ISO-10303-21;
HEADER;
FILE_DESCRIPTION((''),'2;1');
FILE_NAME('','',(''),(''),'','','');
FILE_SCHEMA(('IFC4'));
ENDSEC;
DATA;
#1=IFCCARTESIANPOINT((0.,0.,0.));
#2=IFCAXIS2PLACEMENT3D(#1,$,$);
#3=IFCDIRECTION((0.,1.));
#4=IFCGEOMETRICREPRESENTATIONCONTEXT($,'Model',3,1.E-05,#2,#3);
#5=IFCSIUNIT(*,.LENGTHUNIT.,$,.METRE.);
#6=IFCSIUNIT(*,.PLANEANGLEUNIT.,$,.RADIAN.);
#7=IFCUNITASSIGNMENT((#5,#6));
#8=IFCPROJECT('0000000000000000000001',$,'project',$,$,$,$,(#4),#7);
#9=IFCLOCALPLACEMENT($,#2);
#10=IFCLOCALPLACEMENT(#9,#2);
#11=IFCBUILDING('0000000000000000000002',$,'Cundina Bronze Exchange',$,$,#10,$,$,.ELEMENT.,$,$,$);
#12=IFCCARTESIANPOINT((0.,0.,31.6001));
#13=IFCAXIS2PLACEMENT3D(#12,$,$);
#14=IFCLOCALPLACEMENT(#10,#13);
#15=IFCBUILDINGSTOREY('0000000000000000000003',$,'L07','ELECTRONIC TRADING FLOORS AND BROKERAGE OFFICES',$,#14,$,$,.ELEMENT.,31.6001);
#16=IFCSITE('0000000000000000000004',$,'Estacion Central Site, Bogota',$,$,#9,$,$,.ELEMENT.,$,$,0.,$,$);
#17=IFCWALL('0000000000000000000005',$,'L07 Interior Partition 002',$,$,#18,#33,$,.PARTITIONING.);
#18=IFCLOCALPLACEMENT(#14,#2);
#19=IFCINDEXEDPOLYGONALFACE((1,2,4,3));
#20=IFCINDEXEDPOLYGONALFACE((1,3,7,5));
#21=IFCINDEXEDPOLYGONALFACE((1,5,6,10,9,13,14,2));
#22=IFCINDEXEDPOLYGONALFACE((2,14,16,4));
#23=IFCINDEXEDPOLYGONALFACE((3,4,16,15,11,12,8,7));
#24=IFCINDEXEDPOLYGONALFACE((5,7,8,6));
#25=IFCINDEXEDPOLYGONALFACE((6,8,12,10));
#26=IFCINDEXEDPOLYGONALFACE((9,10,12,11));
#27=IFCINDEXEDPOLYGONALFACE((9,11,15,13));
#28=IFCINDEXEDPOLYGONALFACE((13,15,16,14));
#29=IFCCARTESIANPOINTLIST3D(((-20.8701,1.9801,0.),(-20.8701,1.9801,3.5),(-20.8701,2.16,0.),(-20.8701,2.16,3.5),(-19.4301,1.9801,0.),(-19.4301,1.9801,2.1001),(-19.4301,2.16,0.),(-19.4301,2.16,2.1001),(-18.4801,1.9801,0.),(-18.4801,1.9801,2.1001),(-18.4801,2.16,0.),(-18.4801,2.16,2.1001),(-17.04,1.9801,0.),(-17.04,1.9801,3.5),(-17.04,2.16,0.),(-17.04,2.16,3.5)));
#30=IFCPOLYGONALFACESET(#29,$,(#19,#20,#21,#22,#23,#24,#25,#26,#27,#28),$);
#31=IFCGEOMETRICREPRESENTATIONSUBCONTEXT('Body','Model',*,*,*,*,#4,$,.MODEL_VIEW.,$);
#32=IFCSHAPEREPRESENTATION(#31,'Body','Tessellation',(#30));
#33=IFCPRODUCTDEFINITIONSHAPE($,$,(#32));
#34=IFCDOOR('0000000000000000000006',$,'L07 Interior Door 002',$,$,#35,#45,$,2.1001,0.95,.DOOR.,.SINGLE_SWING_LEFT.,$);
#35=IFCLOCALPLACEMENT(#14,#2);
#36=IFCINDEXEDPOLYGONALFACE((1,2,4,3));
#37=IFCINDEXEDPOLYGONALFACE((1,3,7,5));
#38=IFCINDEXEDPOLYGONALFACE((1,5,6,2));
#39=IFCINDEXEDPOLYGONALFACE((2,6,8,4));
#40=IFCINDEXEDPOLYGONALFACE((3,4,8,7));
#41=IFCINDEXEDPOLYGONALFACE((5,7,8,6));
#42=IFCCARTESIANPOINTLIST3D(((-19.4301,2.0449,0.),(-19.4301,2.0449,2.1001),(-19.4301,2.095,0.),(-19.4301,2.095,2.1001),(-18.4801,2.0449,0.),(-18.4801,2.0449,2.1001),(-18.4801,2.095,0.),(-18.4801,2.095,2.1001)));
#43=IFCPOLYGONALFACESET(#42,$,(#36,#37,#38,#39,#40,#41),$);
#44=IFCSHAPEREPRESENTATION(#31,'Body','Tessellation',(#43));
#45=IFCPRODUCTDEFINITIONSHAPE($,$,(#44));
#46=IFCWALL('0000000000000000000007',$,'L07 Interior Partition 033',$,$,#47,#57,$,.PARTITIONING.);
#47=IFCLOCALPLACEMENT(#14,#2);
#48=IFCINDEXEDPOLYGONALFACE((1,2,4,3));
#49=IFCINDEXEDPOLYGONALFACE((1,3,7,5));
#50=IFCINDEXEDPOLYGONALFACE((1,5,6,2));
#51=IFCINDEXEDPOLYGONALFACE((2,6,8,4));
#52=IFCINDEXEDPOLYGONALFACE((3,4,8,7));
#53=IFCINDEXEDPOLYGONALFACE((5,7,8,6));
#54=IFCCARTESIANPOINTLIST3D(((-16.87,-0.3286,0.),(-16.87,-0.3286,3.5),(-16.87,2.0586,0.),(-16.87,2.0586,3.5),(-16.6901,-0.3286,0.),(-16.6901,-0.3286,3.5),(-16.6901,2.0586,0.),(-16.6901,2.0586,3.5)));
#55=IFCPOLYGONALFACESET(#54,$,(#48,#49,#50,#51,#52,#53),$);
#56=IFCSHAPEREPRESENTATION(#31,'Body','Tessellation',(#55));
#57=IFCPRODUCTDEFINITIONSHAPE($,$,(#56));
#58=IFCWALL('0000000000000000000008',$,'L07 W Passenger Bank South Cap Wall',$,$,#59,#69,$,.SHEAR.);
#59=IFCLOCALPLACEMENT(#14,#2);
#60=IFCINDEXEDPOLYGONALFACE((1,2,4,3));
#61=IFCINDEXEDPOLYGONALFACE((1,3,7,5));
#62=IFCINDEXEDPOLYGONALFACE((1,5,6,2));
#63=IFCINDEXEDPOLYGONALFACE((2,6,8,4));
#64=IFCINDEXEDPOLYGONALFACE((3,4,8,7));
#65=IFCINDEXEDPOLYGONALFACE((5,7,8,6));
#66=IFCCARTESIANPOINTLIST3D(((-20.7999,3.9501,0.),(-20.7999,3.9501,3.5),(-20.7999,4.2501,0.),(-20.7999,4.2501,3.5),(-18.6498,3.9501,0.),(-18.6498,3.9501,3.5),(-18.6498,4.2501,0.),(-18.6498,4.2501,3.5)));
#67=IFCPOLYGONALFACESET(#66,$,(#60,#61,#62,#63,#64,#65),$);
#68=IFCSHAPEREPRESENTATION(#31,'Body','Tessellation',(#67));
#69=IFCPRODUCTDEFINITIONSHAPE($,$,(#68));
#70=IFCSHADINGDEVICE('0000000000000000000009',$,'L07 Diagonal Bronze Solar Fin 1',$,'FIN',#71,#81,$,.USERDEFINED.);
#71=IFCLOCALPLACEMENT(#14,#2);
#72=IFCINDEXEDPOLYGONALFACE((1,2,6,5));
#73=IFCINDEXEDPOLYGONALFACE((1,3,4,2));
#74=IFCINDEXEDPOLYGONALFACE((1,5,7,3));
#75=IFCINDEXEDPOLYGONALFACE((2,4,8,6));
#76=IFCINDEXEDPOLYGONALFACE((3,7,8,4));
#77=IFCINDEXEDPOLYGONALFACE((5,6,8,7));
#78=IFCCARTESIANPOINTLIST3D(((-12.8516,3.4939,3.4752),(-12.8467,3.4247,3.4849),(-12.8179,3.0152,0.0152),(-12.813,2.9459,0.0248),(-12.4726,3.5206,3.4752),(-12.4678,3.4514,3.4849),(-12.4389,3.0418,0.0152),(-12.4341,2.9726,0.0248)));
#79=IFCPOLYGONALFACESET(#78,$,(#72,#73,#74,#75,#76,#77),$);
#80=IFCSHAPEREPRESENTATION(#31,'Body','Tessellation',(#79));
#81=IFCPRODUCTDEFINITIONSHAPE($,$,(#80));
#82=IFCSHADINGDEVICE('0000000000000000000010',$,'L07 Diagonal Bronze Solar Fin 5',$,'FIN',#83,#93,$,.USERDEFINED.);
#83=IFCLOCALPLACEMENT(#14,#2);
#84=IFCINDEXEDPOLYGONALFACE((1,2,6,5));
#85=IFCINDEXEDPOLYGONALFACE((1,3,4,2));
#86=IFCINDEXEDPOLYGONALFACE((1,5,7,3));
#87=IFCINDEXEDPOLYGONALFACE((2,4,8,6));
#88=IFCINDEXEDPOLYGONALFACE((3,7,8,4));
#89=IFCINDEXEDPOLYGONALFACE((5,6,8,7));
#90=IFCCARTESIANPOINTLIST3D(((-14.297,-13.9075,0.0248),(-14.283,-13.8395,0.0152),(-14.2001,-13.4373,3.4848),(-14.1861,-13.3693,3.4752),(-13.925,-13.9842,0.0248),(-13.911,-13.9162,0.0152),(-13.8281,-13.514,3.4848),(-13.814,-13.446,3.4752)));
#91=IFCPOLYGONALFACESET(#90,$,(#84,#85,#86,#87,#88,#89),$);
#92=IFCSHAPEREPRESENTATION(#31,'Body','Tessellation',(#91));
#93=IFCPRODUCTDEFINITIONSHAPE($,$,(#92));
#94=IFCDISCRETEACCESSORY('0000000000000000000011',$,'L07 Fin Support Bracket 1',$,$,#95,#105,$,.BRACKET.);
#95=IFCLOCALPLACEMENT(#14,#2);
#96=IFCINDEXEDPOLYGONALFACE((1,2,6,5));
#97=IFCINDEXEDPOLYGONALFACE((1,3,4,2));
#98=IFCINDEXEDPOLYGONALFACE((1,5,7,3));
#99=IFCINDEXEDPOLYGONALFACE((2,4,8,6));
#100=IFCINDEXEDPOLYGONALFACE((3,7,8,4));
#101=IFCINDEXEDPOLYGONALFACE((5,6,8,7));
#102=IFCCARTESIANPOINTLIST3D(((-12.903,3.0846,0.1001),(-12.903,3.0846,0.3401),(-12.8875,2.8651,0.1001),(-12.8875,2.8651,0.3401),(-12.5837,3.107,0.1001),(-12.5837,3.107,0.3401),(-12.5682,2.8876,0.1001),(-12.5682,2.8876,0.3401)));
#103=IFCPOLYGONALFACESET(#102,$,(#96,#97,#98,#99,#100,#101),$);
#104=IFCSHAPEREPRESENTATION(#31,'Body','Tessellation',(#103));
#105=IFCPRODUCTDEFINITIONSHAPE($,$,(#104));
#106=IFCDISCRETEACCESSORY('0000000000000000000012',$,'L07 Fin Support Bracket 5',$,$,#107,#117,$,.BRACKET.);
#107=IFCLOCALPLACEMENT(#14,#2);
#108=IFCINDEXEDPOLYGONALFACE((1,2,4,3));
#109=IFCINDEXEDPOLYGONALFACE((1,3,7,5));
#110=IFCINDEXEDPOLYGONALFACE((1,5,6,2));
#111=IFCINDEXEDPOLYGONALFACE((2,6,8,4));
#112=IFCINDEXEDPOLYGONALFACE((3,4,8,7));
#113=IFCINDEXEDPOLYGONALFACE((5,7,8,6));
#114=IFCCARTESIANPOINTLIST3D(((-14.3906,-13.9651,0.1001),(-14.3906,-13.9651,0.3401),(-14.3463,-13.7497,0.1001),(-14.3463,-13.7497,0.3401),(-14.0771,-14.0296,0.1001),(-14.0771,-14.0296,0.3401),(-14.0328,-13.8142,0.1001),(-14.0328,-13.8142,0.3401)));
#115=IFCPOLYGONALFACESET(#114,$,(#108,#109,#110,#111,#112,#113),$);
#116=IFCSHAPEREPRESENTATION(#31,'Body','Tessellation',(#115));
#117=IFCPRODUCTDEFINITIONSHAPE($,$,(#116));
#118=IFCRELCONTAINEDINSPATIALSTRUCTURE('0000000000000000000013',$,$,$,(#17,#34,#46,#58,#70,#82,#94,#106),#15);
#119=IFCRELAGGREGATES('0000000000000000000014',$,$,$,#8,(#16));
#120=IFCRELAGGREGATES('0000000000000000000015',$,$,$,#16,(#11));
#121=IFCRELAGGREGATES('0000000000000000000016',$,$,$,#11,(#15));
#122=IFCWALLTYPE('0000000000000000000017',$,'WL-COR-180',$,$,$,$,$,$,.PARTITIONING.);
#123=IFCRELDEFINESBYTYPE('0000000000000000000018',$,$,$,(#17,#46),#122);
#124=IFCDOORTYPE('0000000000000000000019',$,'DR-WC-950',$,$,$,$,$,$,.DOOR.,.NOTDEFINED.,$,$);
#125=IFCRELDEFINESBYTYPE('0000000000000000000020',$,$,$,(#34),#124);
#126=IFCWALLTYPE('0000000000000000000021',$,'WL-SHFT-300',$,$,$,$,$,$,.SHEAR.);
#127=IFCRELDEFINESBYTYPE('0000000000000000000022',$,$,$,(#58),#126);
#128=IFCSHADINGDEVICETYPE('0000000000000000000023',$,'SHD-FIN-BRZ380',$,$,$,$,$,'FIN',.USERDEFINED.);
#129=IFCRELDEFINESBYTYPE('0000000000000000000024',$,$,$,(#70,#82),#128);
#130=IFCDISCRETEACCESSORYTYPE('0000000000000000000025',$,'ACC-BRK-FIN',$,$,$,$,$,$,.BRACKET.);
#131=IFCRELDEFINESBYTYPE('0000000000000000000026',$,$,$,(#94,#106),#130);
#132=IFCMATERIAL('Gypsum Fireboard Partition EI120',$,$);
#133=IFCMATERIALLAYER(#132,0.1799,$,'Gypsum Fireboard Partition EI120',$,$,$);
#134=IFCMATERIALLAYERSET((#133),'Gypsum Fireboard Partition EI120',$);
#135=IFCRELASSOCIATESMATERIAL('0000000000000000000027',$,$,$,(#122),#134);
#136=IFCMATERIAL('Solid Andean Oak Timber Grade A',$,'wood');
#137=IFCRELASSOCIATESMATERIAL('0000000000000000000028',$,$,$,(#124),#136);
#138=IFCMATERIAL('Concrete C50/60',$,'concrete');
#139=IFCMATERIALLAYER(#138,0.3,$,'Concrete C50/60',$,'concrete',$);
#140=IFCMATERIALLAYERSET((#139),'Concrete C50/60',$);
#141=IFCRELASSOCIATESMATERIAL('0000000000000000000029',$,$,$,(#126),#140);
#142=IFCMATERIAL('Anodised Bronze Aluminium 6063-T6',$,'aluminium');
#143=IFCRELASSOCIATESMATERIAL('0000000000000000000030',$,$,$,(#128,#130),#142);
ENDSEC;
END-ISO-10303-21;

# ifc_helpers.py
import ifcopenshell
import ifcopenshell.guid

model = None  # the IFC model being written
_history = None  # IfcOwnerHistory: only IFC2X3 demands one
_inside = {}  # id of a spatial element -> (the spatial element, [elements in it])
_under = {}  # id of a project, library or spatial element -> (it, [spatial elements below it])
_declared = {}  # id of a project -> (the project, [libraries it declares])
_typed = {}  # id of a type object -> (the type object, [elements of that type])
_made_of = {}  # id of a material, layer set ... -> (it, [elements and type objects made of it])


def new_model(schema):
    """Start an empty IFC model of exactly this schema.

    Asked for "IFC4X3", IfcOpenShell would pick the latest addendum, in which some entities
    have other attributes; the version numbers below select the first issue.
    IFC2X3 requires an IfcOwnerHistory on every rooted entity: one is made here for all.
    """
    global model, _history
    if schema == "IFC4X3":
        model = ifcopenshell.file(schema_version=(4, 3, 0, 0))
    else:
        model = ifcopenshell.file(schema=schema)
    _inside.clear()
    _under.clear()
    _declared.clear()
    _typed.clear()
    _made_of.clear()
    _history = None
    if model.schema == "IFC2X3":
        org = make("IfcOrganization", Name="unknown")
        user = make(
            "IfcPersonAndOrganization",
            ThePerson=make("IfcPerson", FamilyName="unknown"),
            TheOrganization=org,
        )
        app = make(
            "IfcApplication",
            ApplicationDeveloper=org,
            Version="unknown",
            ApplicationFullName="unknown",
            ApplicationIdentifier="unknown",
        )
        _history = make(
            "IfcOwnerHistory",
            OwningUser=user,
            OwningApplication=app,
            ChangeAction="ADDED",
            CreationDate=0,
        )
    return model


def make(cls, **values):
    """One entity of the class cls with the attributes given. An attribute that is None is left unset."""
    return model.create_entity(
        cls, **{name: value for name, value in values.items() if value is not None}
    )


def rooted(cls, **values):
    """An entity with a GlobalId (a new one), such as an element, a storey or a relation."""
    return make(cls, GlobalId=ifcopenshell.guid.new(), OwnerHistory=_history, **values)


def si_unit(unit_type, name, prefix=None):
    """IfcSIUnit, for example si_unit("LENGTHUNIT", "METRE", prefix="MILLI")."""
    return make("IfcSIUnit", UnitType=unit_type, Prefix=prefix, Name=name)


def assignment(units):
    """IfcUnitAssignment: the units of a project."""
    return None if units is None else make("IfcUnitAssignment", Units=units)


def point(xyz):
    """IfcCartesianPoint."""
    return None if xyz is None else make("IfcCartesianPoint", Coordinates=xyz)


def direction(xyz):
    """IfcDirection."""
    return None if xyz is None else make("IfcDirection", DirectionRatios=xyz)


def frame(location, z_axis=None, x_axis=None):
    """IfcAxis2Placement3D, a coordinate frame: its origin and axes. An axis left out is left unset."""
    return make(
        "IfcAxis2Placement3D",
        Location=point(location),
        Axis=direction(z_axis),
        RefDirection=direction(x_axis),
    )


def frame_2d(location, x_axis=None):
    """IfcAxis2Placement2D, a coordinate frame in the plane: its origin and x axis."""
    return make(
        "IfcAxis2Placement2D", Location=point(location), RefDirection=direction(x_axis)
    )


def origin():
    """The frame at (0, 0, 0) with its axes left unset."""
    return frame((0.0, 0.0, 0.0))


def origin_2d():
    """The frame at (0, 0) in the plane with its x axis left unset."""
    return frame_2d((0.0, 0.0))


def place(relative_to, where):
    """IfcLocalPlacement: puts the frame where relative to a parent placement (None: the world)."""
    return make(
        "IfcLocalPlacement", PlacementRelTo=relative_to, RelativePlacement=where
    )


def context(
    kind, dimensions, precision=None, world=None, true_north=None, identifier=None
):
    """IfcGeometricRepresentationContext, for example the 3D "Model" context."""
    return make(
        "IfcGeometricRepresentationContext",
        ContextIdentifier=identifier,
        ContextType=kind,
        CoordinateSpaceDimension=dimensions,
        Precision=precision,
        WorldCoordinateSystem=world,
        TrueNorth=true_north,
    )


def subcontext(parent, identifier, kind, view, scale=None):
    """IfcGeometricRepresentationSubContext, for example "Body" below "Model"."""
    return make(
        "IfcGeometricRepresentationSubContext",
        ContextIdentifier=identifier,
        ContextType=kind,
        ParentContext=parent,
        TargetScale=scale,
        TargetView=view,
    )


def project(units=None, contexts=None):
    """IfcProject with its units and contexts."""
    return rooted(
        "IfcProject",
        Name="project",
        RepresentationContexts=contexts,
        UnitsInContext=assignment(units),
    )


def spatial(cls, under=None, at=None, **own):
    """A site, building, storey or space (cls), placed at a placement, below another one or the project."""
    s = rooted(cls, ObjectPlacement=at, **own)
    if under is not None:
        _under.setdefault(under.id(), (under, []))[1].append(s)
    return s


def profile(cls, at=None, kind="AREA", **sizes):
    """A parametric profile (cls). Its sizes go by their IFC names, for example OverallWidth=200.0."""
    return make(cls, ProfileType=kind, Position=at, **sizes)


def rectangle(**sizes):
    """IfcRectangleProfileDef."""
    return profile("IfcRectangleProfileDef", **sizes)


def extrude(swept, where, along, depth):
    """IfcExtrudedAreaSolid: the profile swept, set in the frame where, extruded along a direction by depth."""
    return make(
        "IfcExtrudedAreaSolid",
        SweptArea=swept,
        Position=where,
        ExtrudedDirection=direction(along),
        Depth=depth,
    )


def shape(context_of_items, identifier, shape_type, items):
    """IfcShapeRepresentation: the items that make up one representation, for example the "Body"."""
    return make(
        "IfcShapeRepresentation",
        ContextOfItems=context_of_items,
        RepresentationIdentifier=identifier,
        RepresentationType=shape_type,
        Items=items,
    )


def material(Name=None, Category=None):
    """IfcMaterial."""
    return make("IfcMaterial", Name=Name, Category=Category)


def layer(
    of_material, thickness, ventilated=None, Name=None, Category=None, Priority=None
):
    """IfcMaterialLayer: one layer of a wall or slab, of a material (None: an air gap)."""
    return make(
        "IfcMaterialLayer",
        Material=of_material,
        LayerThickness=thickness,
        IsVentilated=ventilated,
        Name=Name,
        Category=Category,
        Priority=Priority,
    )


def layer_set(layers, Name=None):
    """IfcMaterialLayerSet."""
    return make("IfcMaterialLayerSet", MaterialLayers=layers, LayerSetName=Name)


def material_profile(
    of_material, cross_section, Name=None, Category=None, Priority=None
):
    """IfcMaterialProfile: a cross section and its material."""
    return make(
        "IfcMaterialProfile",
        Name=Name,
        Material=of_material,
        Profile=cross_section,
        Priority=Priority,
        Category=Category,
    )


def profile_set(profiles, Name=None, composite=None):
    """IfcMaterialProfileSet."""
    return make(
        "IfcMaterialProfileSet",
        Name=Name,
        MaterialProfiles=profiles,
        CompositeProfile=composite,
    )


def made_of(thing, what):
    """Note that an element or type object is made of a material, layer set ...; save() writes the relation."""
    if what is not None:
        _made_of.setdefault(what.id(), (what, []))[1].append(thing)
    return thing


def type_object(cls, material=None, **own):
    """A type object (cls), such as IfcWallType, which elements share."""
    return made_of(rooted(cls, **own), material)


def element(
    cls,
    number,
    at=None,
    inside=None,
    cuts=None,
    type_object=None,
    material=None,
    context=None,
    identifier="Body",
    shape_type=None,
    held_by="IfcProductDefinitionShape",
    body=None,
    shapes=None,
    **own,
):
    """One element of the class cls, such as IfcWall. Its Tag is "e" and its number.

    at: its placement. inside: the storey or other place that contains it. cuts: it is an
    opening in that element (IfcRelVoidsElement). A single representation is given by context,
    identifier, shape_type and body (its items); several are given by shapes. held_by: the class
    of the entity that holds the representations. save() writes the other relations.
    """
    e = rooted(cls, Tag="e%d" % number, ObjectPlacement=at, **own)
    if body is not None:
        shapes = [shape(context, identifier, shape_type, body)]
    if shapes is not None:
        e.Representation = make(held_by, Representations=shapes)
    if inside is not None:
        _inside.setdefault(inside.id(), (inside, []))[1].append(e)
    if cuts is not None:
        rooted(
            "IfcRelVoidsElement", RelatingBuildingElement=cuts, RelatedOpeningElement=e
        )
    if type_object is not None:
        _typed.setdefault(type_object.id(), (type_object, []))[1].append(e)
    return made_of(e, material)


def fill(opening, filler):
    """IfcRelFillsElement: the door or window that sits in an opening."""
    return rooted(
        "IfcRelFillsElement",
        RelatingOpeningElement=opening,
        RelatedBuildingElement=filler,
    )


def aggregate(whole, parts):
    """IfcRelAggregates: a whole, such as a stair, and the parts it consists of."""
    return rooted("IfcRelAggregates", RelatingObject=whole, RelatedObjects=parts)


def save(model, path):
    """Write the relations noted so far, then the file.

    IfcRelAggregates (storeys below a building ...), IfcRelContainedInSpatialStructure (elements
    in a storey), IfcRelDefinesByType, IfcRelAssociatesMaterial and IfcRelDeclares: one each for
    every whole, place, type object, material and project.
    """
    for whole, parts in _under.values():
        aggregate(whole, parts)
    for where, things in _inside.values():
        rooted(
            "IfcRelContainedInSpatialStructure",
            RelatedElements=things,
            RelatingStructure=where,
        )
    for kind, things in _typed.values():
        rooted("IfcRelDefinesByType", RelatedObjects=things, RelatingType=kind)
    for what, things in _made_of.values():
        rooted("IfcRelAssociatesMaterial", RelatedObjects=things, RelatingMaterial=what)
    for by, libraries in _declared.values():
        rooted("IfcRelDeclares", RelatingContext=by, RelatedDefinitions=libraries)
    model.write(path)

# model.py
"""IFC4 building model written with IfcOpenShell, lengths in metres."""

from ifc_helpers import new_model, si_unit, direction, frame, frame_2d, origin, origin_2d, place, context, subcontext, project, spatial, rectangle, extrude, material, layer, layer_set, material_profile, profile_set, type_object, element, fill, save


model = new_model("IFC4")

# Units and contexts
model_context = context("Model", 3, precision=1e-05, world=origin(), true_north=direction((0.0, 1.0)))
body_context = subcontext(model_context, "Body", "Model", "MODEL_VIEW")
ifc_project = project(units=[si_unit("LENGTHUNIT", "METRE"), si_unit("PLANEANGLEUNIT", "RADIAN")], contexts=[model_context])

# Site, building, storey
site_placement = place(None, origin())
site = spatial("IfcSite", under=ifc_project, at=site_placement, Name="Estacion Central Site, Bogota", CompositionType="ELEMENT", RefElevation=0.0)
building_placement = place(site_placement, origin())
building = spatial("IfcBuilding", under=site, at=building_placement, Name="Cundina Bronze Exchange", CompositionType="ELEMENT")
storey_placement = place(building_placement, frame((0.0, 0.0, 31.6001)))
storey = spatial("IfcBuildingStorey", under=building, at=storey_placement, Name="L07", Description="ELECTRONIC TRADING FLOORS AND BROKERAGE OFFICES", CompositionType="ELEMENT", Elevation=31.6001)

# Shared definitions
ifc_material_1 = material(Name="Anodised Bronze Aluminium 6063-T6", Category="aluminium")

# Shared definitions
ifc_material_2 = material(Name="Concrete C50/60", Category="concrete")

# Shared definitions
ifc_material_3 = material(Name="Gypsum Fireboard Partition EI120")
ifc_layer_1 = layer(ifc_material_3, 0.1799, Name="Gypsum Fireboard Partition EI120")
ifc_layer_set_1 = layer_set([ifc_layer_1], Name="Gypsum Fireboard Partition EI120")
wall_type_1 = type_object("IfcWallType", Name="WL-COR-180", PredefinedType="PARTITIONING", material=ifc_layer_set_1)

# Wall, opening, door
wall_1_placement = place(storey_placement, frame((-20.8701, 2.0701, 0.0), z_axis=(0.0, 0.0, 1.0), x_axis=(1.0, 0.0, 0.0)))
wall_1 = element("IfcWall", 1, at=wall_1_placement, inside=storey, type_object=wall_type_1, Name="L07 Interior Partition 002", PredefinedType="PARTITIONING", context=body_context, shape_type="SweptSolid", body=[
    extrude(rectangle(XDim=3.8301, YDim=0.1799, at=frame_2d((1.915, 0.0))), origin(), (0.0, 0.0, 1.0), 3.5),
])
opening_placement = place(wall_1_placement, frame((1.4399, 0.0, 0.0)))
opening = element("IfcOpeningElement", 2, at=opening_placement, cuts=wall_1, PredefinedType="OPENING", context=body_context, shape_type="SweptSolid", body=[
    extrude(rectangle(XDim=0.95, YDim=2.1001, at=frame_2d((0.4751, 1.05))), frame((0.0, 0.0999, 0.0), z_axis=(0.0, -1.0, 0.0), x_axis=(1.0, 0.0, 0.0)), (0.0, 0.0, 1.0), 0.2),
])
ifc_material_4 = material(Name="Solid Andean Oak Timber Grade A", Category="wood")
door_type = type_object("IfcDoorType", Name="DR-WC-950", OperationType="NOTDEFINED", PredefinedType="DOOR", material=ifc_material_4)
door_placement = place(opening_placement, origin())
door = element("IfcDoor", 3, at=door_placement, inside=storey, type_object=door_type, Name="L07 Interior Door 002", OperationType="SINGLE_SWING_LEFT", OverallHeight=2.1001, OverallWidth=0.95, PredefinedType="DOOR", context=body_context, shape_type="SweptSolid", body=[
    extrude(rectangle(XDim=0.95, YDim=2.1001, at=frame_2d((0.4751, 1.05))), frame((0.0, 0.0249, 0.0), z_axis=(0.0, -1.0, 0.0), x_axis=(1.0, 0.0, 0.0)), (0.0, 0.0, 1.0), 0.05),
])
fill(opening, door)

# Walls
wall_2_placement = place(storey_placement, frame((-16.78, -0.3286, 0.0), z_axis=(0.0, 0.0, 1.0), x_axis=(0.0, 1.0, 0.0)))
element("IfcWall", 4, at=wall_2_placement, inside=storey, type_object=wall_type_1, Name="L07 Interior Partition 033", PredefinedType="PARTITIONING", context=body_context, shape_type="SweptSolid", body=[
    extrude(rectangle(XDim=2.3872, YDim=0.1799, at=frame_2d((1.1936, 0.0))), origin(), (0.0, 0.0, 1.0), 3.5),
])
ifc_layer_2 = layer(ifc_material_2, 0.3, Name="Concrete C50/60", Category="concrete")
ifc_layer_set_2 = layer_set([ifc_layer_2], Name="Concrete C50/60")
wall_type_2 = type_object("IfcWallType", Name="WL-SHFT-300", PredefinedType="SHEAR", material=ifc_layer_set_2)
wall_3_placement = place(storey_placement, frame((-20.8, 4.1001, 0.0), z_axis=(0.0, 0.0, 1.0), x_axis=(1.0, 0.0, 0.0)))
element("IfcWall", 5, at=wall_3_placement, inside=storey, type_object=wall_type_2, Name="L07 W Passenger Bank South Cap Wall", PredefinedType="SHEAR", context=body_context, shape_type="SweptSolid", body=[
    extrude(rectangle(XDim=2.1501, YDim=0.3, at=frame_2d((1.0752, 0.0))), origin(), (0.0, 0.0, 1.0), 3.5),
])

# Shading devices
ifc_material_profile_1 = material_profile(ifc_material_1, rectangle(XDim=0.0701, YDim=0.3799, at=origin_2d()), Name="FIN70X380", Category="aluminium")
ifc_profile_set_1 = profile_set([ifc_material_profile_1], Name="Anodised Bronze Aluminium 6063-T6")
shading_device_type = type_object("IfcShadingDeviceType", Name="SHD-FIN-BRZ380", ElementType="FIN", PredefinedType="USERDEFINED", material=ifc_profile_set_1)
for number, where, z_axis, x_axis, name in (
    (6, (-12.626, 2.9939, 0.02), (-0.009645, 0.137059, 0.990516), (0.069533, -0.988072, 0.137398), "L07 Diagonal Bronze Solar Fin 1"),
    (7, (-14.104, -13.9119, 0.02), (0.027747, 0.134612, 0.99051), (-0.199967, -0.970115, 0.137442), "L07 Diagonal Bronze Solar Fin 5"),
):
    element("IfcShadingDevice", number, at=place(storey_placement, frame(where, z_axis=z_axis, x_axis=x_axis)), inside=storey, type_object=shading_device_type, Name=name, ObjectType="FIN", PredefinedType="USERDEFINED", context=body_context, shape_type="SweptSolid", body=[
        extrude(rectangle(XDim=0.0701, YDim=0.3799, at=origin_2d()), origin(), (0.0, 0.0, 1.0), 3.4932),
    ])

# Discrete accessories
discrete_accessory_type = type_object("IfcDiscreteAccessoryType", Name="ACC-BRK-FIN", PredefinedType="BRACKET", material=ifc_material_1)
for number, where, z_axis, x_axis, name in (
    (8, (-12.7356, 2.9861, 0.1001), (0.0, 0.0, 1.0), (-0.070279, 0.997527, 0.0), "L07 Fin Support Bracket 1"),
    (9, (-14.2117, -13.8896, 0.1001), (0.0, 0.0, 1.0), (0.20142, 0.979505, 0.0), "L07 Fin Support Bracket 5"),
):
    element("IfcDiscreteAccessory", number, at=place(storey_placement, frame(where, z_axis=z_axis, x_axis=x_axis)), inside=storey, type_object=discrete_accessory_type, Name=name, PredefinedType="BRACKET", context=body_context, shape_type="SweptSolid", body=[
        extrude(rectangle(XDim=0.22, YDim=0.3201, at=origin_2d()), origin(), (0.0, 0.0, 1.0), 0.24),
    ])

save(model, "model.ifc")
